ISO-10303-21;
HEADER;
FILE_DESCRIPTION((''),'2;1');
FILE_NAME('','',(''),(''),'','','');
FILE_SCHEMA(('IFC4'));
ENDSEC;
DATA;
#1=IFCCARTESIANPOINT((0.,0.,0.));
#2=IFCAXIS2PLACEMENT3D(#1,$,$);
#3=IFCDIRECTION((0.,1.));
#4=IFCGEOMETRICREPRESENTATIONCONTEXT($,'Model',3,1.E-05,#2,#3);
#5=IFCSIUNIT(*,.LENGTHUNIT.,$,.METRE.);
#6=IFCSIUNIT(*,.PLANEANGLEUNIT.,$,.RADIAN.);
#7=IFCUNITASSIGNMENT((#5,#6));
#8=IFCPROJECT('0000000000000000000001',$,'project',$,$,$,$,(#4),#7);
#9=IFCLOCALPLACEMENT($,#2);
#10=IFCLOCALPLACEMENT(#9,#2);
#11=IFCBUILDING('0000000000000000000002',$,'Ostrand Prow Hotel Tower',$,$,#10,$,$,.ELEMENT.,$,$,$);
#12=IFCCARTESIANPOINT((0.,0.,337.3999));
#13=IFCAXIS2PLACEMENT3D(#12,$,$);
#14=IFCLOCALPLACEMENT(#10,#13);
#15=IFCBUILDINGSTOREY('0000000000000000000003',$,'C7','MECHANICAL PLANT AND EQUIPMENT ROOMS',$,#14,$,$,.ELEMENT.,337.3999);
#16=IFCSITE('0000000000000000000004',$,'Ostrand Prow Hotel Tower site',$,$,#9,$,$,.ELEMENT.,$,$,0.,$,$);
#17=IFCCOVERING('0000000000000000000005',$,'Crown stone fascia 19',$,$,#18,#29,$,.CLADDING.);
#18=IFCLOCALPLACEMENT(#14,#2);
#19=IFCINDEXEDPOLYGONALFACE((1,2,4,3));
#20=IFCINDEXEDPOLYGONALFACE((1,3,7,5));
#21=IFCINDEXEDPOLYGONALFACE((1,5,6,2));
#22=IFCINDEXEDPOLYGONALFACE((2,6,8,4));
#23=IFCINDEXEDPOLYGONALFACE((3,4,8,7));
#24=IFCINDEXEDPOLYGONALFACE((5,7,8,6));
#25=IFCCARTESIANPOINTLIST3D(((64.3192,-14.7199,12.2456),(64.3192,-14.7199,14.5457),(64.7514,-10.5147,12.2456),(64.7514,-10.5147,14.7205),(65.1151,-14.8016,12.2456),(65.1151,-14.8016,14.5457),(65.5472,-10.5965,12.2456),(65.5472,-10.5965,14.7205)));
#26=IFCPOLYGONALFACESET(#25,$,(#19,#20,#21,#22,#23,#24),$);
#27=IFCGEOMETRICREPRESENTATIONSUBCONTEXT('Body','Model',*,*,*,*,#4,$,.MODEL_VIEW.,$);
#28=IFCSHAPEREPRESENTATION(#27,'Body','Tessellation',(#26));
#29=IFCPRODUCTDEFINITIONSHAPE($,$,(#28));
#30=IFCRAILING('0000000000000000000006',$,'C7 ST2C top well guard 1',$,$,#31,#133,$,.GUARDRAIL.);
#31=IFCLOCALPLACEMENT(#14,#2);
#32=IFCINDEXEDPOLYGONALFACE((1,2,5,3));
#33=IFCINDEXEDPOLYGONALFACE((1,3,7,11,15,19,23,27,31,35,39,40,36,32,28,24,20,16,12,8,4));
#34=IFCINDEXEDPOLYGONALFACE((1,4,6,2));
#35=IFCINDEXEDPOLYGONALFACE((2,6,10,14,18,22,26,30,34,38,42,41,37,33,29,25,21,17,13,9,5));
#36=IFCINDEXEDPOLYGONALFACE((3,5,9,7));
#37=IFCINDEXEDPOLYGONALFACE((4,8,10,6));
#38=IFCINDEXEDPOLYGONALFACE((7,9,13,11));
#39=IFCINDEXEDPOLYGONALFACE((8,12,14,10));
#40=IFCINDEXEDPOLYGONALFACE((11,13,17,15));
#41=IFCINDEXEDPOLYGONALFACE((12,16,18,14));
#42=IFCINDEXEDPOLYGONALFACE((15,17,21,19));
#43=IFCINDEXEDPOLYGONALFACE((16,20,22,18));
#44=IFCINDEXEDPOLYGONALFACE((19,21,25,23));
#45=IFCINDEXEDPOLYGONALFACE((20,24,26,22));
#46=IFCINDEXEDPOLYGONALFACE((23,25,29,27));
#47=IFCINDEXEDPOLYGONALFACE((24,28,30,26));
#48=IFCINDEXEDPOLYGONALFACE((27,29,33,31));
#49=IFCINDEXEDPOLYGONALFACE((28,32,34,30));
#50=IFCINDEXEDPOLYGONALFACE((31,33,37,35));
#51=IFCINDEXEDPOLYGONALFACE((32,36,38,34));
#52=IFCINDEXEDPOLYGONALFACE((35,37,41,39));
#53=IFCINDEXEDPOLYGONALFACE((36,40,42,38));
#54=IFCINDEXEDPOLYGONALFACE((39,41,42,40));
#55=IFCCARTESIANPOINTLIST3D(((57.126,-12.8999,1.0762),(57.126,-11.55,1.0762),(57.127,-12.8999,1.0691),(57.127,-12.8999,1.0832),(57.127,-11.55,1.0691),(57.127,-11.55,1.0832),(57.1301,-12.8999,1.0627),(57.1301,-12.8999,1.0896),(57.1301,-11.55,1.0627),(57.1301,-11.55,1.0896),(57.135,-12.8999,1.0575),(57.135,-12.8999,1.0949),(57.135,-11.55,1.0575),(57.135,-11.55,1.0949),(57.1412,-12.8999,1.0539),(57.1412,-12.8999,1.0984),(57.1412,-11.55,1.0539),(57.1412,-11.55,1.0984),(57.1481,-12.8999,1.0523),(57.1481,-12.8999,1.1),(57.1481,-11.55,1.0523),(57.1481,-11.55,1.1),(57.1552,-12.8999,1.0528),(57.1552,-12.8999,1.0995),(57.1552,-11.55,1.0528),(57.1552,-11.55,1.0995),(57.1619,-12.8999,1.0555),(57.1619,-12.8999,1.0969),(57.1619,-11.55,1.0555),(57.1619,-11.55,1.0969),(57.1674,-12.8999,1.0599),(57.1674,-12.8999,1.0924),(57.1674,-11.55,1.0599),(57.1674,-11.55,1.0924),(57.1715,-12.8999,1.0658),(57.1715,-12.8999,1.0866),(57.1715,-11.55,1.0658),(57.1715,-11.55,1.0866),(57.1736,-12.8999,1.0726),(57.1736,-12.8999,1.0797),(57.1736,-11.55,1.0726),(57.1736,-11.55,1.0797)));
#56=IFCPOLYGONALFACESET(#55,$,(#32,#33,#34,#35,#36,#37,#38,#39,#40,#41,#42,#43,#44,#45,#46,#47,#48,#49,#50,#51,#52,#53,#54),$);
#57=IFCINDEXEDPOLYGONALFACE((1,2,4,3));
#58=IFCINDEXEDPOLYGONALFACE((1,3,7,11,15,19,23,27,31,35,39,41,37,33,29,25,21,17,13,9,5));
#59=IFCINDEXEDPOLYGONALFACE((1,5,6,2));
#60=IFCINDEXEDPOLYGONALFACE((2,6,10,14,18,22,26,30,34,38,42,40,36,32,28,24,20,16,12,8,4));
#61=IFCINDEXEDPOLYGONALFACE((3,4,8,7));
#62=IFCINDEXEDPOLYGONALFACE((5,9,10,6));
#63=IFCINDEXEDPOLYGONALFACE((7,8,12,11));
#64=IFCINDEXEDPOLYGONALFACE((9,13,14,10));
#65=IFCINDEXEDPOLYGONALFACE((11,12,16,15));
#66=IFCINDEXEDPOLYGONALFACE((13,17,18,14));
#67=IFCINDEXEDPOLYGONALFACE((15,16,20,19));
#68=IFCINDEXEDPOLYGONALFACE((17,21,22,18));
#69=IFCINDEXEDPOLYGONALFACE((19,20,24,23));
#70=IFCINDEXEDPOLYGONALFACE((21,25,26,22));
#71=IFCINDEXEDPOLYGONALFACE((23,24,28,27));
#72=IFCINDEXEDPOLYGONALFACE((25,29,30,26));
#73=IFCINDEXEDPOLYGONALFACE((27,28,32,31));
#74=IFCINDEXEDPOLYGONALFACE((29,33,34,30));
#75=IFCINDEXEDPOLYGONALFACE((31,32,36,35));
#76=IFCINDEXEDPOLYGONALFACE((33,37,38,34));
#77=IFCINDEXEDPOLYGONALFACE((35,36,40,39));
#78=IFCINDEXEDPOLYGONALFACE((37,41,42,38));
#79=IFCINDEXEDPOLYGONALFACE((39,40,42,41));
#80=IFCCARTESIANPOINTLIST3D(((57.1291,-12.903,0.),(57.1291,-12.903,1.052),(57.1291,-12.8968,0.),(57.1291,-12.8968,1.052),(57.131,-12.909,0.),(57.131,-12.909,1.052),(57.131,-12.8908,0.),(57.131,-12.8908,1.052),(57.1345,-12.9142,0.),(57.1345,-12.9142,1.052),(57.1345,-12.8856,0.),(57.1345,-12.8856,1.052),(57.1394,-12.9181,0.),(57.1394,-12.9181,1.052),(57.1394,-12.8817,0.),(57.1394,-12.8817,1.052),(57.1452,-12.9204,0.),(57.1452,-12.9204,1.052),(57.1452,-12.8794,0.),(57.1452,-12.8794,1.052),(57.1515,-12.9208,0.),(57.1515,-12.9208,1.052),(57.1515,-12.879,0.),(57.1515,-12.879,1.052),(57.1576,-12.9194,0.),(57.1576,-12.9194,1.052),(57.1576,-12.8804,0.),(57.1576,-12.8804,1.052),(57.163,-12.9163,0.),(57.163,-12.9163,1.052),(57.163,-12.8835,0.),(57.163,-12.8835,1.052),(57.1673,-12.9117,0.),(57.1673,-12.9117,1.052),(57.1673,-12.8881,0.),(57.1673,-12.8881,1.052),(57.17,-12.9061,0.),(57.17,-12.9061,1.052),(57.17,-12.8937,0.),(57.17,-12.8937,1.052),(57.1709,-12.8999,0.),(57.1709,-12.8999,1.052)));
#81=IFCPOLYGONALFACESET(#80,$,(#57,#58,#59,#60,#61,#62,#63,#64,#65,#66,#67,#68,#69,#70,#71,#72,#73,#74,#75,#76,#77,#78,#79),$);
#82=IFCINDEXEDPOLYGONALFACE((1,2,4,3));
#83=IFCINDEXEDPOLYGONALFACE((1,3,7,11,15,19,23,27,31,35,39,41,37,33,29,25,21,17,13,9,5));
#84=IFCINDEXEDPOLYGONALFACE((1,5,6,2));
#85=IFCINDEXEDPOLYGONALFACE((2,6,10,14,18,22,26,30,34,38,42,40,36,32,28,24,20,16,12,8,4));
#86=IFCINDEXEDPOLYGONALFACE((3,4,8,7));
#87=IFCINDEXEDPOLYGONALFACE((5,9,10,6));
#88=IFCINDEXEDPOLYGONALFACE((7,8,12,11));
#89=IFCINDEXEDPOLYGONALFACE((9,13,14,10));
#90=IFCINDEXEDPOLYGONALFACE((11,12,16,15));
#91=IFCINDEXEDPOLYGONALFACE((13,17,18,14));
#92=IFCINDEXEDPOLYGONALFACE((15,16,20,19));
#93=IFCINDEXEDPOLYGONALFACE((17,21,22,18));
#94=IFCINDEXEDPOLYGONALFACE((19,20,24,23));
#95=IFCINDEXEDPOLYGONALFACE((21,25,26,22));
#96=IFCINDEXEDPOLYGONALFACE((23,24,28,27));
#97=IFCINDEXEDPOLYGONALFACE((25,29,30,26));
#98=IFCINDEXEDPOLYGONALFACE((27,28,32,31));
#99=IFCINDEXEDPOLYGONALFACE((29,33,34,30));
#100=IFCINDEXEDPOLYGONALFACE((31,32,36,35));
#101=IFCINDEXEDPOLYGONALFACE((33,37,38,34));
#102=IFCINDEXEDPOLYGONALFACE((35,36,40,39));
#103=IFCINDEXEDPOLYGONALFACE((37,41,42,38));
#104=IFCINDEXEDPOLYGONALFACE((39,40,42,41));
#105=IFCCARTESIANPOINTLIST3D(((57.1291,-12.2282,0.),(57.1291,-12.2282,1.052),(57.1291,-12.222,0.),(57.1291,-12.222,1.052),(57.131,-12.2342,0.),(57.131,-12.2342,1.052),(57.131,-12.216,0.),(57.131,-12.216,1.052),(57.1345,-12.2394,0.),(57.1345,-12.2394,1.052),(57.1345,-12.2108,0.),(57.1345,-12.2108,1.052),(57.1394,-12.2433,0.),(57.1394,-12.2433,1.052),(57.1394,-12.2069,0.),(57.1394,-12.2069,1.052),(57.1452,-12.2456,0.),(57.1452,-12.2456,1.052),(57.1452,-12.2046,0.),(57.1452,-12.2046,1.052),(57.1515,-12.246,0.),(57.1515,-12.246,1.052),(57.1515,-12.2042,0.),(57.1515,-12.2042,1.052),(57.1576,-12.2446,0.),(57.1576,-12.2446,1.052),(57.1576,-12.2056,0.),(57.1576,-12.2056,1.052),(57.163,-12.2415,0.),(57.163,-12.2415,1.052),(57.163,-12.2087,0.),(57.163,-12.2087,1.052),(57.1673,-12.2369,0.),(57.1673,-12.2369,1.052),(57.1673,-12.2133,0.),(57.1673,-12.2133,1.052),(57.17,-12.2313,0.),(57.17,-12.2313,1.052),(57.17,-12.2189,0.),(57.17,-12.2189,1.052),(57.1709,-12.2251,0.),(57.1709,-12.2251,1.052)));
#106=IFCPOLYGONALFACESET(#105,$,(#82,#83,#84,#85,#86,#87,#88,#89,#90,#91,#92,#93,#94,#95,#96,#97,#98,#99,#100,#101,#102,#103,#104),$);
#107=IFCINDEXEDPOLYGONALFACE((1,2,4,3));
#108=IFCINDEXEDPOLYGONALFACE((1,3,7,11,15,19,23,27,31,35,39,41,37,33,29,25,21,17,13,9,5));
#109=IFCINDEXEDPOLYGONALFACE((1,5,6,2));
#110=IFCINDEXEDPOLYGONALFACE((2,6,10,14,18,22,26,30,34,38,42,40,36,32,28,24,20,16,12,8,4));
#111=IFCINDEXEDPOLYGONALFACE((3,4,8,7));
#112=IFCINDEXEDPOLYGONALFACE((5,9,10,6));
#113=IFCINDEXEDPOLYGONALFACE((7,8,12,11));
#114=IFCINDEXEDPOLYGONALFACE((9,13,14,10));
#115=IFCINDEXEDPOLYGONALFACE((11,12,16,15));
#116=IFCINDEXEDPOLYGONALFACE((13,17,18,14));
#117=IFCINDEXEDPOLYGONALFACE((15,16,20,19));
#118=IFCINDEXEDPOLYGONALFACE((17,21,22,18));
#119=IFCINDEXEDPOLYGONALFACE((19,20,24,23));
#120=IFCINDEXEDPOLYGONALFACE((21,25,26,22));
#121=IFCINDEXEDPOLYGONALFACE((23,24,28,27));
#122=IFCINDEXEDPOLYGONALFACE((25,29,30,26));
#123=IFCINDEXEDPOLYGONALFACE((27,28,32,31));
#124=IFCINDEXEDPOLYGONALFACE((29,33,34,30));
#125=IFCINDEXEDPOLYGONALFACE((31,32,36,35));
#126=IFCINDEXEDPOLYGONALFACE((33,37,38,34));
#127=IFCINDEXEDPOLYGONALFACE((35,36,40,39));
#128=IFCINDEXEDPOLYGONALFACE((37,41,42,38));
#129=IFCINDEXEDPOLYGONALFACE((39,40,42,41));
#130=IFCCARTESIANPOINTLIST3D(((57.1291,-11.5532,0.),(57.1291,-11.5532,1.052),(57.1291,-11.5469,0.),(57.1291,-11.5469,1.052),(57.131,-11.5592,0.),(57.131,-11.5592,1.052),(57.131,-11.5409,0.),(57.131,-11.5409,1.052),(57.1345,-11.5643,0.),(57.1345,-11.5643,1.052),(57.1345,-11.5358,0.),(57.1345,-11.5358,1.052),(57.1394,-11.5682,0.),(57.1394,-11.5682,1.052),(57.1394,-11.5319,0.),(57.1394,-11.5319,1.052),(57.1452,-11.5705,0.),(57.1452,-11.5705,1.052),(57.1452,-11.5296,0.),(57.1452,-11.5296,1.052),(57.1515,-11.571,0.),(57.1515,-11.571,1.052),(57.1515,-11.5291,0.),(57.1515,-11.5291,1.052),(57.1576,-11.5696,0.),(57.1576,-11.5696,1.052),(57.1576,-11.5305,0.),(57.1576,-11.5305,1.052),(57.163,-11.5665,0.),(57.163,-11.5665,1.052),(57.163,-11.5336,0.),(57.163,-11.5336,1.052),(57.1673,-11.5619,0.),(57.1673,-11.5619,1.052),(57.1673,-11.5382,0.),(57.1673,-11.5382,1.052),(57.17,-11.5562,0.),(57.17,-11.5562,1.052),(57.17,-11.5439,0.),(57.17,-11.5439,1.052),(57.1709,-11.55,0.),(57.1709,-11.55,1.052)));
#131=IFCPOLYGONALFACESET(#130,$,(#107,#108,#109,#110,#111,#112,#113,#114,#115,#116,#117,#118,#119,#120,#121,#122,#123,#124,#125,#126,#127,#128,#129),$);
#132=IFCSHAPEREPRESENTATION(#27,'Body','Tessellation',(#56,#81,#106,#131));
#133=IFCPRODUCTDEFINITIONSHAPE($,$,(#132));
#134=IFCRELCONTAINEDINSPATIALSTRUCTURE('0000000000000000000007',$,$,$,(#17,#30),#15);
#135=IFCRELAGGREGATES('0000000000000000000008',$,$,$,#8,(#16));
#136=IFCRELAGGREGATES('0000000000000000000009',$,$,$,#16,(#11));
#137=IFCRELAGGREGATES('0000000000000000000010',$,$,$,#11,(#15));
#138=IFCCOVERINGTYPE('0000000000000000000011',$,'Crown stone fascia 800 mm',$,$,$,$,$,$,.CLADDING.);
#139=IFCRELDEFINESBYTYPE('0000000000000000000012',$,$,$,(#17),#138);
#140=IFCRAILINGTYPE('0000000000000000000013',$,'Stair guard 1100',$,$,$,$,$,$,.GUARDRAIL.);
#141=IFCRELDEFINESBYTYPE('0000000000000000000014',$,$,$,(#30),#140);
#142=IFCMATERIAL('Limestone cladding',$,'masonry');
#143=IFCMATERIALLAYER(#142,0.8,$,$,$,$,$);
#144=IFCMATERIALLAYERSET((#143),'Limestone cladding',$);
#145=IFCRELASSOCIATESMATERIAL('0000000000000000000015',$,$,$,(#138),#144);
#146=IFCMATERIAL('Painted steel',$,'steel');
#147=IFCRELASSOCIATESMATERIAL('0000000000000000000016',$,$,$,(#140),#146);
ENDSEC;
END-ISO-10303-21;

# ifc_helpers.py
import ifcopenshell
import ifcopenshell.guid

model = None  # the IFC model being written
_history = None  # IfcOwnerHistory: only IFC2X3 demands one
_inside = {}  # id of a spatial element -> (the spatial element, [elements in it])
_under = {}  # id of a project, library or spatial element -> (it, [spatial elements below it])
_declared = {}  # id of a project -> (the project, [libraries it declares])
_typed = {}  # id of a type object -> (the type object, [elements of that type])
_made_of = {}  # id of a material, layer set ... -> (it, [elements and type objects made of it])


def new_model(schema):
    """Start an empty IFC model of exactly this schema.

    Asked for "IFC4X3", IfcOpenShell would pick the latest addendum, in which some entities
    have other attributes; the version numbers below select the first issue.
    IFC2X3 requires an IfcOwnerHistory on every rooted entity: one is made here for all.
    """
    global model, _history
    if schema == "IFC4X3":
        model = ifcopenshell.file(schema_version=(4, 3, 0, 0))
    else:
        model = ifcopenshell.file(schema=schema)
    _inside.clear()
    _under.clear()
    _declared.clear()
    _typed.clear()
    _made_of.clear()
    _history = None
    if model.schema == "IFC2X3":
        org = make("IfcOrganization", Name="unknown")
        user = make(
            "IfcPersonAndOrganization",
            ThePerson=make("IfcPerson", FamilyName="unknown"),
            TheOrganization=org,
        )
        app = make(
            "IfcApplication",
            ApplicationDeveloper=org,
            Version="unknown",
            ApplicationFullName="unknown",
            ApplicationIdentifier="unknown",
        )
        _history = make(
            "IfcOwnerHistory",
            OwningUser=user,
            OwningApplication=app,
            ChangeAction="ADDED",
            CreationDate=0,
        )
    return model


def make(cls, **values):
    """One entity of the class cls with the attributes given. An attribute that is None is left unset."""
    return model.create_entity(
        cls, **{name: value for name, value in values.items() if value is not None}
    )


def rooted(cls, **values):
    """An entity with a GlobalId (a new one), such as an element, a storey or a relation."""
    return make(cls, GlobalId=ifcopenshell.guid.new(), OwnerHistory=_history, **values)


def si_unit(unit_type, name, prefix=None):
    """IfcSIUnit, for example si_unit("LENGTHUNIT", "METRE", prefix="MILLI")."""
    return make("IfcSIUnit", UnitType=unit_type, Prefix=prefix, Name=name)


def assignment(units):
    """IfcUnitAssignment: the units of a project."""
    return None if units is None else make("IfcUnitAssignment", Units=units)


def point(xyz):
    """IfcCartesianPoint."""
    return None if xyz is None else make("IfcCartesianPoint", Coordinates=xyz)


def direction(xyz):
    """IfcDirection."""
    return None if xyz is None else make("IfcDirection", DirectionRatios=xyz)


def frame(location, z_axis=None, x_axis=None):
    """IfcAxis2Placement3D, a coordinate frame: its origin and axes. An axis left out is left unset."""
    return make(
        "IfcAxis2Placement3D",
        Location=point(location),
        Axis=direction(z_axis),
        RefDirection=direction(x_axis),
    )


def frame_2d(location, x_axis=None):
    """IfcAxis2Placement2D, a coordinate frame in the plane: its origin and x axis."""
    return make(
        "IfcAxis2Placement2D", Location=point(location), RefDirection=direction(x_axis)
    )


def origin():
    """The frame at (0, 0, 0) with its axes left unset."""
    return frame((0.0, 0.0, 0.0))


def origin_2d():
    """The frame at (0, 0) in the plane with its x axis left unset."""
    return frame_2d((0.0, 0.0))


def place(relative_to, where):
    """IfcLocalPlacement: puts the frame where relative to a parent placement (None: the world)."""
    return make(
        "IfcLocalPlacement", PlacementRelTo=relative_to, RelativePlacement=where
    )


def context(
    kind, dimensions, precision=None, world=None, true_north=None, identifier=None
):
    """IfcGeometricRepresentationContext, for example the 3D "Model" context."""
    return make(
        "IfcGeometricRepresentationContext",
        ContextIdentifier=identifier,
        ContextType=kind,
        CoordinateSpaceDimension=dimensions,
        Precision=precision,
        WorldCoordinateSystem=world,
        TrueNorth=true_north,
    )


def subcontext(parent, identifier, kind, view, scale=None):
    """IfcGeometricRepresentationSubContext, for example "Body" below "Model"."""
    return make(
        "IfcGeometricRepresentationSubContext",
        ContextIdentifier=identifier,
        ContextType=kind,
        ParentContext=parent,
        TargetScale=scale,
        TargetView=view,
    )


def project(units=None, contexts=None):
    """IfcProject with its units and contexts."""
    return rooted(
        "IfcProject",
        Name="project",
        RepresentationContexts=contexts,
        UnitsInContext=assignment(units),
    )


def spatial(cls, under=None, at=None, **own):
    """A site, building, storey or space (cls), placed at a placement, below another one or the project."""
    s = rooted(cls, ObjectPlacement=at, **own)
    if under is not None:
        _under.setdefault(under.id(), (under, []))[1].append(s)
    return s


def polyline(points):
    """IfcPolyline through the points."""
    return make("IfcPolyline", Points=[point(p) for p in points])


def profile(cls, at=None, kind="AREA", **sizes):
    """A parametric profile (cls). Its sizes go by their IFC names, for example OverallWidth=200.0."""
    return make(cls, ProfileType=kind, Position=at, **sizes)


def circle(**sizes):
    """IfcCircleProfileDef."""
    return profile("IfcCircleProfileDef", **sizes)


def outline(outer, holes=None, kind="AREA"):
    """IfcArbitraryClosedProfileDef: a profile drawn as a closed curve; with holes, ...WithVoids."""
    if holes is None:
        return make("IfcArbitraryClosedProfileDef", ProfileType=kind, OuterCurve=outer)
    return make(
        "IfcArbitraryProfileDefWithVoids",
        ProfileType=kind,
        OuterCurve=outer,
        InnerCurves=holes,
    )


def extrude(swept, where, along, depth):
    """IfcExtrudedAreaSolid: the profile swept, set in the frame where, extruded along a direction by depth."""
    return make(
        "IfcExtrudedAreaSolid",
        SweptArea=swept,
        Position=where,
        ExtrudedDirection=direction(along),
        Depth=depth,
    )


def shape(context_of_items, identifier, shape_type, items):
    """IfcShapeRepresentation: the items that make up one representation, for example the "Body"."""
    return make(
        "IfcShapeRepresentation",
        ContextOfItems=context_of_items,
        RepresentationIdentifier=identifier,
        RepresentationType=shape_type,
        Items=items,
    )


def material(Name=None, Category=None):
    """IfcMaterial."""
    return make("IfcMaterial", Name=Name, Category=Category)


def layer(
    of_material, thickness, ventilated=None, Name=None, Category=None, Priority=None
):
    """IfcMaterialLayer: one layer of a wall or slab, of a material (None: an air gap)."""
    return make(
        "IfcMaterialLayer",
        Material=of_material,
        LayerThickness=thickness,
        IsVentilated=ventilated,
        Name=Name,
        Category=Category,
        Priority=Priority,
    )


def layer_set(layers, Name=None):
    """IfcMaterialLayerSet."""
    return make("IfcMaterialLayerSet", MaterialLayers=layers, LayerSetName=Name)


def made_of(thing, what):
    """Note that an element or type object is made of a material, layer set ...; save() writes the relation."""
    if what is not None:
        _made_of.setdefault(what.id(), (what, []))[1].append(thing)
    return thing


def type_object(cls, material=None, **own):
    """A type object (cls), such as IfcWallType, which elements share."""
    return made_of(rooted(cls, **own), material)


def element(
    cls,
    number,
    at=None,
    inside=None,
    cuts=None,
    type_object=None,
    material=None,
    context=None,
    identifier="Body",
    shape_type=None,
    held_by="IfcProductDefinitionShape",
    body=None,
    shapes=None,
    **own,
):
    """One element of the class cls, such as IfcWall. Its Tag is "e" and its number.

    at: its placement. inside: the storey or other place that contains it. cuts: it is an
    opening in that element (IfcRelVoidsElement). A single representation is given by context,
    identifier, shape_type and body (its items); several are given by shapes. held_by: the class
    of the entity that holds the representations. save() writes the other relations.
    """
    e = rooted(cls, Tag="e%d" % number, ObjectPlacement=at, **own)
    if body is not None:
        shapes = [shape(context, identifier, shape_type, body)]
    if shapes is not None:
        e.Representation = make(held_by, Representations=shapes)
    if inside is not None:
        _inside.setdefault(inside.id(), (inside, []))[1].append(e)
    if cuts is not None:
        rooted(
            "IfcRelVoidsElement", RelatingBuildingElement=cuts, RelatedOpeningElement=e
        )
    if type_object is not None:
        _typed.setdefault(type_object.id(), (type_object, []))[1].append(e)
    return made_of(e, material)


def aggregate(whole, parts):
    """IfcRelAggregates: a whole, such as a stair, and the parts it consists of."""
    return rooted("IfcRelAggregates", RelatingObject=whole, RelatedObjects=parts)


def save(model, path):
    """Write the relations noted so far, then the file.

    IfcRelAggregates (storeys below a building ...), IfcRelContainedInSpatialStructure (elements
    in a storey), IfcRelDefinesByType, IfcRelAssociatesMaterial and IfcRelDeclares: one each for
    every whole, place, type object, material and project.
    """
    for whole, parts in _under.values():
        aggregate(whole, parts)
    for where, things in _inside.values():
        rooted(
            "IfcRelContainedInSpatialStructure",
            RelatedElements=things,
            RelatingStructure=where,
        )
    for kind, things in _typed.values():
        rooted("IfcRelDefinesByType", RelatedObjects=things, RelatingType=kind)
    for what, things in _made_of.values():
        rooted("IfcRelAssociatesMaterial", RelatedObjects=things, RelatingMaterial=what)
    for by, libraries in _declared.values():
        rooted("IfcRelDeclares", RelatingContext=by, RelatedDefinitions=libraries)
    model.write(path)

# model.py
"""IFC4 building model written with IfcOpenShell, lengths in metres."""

from ifc_helpers import new_model, si_unit, direction, frame, origin, origin_2d, place, context, subcontext, project, spatial, polyline, circle, outline, extrude, material, layer, layer_set, type_object, element, save


model = new_model("IFC4")

# Units and contexts
model_context = context("Model", 3, precision=1e-05, world=origin(), true_north=direction((0.0, 1.0)))
body_context = subcontext(model_context, "Body", "Model", "MODEL_VIEW")
ifc_project = project(units=[si_unit("LENGTHUNIT", "METRE"), si_unit("PLANEANGLEUNIT", "RADIAN")], contexts=[model_context])

# Site, building, storey
site_placement = place(None, origin())
site = spatial("IfcSite", under=ifc_project, at=site_placement, Name="Ostrand Prow Hotel Tower site", CompositionType="ELEMENT", RefElevation=0.0)
building_placement = place(site_placement, origin())
building = spatial("IfcBuilding", under=site, at=building_placement, Name="Ostrand Prow Hotel Tower", CompositionType="ELEMENT")
storey_placement = place(building_placement, frame((0.0, 0.0, 337.3999)))
storey = spatial("IfcBuildingStorey", under=building, at=storey_placement, Name="C7", Description="MECHANICAL PLANT AND EQUIPMENT ROOMS", CompositionType="ELEMENT", Elevation=337.3999)

# Covering
ifc_material_1 = material(Name="Limestone cladding", Category="masonry")
ifc_layer_1 = layer(ifc_material_1, 0.8)
ifc_layer_set_1 = layer_set([ifc_layer_1], Name="Limestone cladding")
covering_type_1 = type_object("IfcCoveringType", Name="Crown stone fascia 800 mm", PredefinedType="CLADDING", material=ifc_layer_set_1)
covering_1_placement = place(storey_placement, frame((64.717, -14.7607, 12.2456), z_axis=(0.0, 0.0, 1.0), x_axis=(0.102225, 0.994761, 0.0)))
element("IfcCovering", 1, at=covering_1_placement, inside=storey, type_object=covering_type_1, Name="Crown stone fascia 19", PredefinedType="CLADDING", context=body_context, shape_type="SweptSolid", body=[
    extrude(outline(polyline([(0.0, 0.0), (4.2273, 0.0), (4.2273, 2.4749), (0.0, 2.3), (0.0, 0.0)])), frame((0.0, 0.3999, 0.0), z_axis=(0.0, -1.0, 0.0), x_axis=(1.0, 0.0, 0.0)), (0.0, 0.0, 1.0), 0.8),
])

# Railing
ifc_material_2 = material(Name="Painted steel", Category="steel")
railing_type = type_object("IfcRailingType", Name="Stair guard 1100", PredefinedType="GUARDRAIL", material=ifc_material_2)
railing_placement = place(storey_placement, frame((57.1499, -12.8999, 0.0)))
element("IfcRailing", 2, at=railing_placement, inside=storey, type_object=railing_type, Name="C7 ST2C top well guard 1", PredefinedType="GUARDRAIL", context=body_context, shape_type="SweptSolid", body=[
    extrude(circle(Radius=0.0239, at=origin_2d()), frame((0.0, 0.0, 1.0762), z_axis=(0.0, 1.0, 0.0), x_axis=(-1.0, 0.0, 0.0)), (0.0, 0.0, 1.0), 1.3499),
    extrude(circle(Radius=0.021, at=origin_2d()), origin(), (0.0, 0.0, 1.0), 1.052),
    extrude(circle(Radius=0.021, at=origin_2d()), frame((0.0, 0.6748, 0.0)), (0.0, 0.0, 1.0), 1.052),
    extrude(circle(Radius=0.021, at=origin_2d()), frame((0.0, 1.3499, 0.0)), (0.0, 0.0, 1.0), 1.052),
])

save(model, "model.ifc")
